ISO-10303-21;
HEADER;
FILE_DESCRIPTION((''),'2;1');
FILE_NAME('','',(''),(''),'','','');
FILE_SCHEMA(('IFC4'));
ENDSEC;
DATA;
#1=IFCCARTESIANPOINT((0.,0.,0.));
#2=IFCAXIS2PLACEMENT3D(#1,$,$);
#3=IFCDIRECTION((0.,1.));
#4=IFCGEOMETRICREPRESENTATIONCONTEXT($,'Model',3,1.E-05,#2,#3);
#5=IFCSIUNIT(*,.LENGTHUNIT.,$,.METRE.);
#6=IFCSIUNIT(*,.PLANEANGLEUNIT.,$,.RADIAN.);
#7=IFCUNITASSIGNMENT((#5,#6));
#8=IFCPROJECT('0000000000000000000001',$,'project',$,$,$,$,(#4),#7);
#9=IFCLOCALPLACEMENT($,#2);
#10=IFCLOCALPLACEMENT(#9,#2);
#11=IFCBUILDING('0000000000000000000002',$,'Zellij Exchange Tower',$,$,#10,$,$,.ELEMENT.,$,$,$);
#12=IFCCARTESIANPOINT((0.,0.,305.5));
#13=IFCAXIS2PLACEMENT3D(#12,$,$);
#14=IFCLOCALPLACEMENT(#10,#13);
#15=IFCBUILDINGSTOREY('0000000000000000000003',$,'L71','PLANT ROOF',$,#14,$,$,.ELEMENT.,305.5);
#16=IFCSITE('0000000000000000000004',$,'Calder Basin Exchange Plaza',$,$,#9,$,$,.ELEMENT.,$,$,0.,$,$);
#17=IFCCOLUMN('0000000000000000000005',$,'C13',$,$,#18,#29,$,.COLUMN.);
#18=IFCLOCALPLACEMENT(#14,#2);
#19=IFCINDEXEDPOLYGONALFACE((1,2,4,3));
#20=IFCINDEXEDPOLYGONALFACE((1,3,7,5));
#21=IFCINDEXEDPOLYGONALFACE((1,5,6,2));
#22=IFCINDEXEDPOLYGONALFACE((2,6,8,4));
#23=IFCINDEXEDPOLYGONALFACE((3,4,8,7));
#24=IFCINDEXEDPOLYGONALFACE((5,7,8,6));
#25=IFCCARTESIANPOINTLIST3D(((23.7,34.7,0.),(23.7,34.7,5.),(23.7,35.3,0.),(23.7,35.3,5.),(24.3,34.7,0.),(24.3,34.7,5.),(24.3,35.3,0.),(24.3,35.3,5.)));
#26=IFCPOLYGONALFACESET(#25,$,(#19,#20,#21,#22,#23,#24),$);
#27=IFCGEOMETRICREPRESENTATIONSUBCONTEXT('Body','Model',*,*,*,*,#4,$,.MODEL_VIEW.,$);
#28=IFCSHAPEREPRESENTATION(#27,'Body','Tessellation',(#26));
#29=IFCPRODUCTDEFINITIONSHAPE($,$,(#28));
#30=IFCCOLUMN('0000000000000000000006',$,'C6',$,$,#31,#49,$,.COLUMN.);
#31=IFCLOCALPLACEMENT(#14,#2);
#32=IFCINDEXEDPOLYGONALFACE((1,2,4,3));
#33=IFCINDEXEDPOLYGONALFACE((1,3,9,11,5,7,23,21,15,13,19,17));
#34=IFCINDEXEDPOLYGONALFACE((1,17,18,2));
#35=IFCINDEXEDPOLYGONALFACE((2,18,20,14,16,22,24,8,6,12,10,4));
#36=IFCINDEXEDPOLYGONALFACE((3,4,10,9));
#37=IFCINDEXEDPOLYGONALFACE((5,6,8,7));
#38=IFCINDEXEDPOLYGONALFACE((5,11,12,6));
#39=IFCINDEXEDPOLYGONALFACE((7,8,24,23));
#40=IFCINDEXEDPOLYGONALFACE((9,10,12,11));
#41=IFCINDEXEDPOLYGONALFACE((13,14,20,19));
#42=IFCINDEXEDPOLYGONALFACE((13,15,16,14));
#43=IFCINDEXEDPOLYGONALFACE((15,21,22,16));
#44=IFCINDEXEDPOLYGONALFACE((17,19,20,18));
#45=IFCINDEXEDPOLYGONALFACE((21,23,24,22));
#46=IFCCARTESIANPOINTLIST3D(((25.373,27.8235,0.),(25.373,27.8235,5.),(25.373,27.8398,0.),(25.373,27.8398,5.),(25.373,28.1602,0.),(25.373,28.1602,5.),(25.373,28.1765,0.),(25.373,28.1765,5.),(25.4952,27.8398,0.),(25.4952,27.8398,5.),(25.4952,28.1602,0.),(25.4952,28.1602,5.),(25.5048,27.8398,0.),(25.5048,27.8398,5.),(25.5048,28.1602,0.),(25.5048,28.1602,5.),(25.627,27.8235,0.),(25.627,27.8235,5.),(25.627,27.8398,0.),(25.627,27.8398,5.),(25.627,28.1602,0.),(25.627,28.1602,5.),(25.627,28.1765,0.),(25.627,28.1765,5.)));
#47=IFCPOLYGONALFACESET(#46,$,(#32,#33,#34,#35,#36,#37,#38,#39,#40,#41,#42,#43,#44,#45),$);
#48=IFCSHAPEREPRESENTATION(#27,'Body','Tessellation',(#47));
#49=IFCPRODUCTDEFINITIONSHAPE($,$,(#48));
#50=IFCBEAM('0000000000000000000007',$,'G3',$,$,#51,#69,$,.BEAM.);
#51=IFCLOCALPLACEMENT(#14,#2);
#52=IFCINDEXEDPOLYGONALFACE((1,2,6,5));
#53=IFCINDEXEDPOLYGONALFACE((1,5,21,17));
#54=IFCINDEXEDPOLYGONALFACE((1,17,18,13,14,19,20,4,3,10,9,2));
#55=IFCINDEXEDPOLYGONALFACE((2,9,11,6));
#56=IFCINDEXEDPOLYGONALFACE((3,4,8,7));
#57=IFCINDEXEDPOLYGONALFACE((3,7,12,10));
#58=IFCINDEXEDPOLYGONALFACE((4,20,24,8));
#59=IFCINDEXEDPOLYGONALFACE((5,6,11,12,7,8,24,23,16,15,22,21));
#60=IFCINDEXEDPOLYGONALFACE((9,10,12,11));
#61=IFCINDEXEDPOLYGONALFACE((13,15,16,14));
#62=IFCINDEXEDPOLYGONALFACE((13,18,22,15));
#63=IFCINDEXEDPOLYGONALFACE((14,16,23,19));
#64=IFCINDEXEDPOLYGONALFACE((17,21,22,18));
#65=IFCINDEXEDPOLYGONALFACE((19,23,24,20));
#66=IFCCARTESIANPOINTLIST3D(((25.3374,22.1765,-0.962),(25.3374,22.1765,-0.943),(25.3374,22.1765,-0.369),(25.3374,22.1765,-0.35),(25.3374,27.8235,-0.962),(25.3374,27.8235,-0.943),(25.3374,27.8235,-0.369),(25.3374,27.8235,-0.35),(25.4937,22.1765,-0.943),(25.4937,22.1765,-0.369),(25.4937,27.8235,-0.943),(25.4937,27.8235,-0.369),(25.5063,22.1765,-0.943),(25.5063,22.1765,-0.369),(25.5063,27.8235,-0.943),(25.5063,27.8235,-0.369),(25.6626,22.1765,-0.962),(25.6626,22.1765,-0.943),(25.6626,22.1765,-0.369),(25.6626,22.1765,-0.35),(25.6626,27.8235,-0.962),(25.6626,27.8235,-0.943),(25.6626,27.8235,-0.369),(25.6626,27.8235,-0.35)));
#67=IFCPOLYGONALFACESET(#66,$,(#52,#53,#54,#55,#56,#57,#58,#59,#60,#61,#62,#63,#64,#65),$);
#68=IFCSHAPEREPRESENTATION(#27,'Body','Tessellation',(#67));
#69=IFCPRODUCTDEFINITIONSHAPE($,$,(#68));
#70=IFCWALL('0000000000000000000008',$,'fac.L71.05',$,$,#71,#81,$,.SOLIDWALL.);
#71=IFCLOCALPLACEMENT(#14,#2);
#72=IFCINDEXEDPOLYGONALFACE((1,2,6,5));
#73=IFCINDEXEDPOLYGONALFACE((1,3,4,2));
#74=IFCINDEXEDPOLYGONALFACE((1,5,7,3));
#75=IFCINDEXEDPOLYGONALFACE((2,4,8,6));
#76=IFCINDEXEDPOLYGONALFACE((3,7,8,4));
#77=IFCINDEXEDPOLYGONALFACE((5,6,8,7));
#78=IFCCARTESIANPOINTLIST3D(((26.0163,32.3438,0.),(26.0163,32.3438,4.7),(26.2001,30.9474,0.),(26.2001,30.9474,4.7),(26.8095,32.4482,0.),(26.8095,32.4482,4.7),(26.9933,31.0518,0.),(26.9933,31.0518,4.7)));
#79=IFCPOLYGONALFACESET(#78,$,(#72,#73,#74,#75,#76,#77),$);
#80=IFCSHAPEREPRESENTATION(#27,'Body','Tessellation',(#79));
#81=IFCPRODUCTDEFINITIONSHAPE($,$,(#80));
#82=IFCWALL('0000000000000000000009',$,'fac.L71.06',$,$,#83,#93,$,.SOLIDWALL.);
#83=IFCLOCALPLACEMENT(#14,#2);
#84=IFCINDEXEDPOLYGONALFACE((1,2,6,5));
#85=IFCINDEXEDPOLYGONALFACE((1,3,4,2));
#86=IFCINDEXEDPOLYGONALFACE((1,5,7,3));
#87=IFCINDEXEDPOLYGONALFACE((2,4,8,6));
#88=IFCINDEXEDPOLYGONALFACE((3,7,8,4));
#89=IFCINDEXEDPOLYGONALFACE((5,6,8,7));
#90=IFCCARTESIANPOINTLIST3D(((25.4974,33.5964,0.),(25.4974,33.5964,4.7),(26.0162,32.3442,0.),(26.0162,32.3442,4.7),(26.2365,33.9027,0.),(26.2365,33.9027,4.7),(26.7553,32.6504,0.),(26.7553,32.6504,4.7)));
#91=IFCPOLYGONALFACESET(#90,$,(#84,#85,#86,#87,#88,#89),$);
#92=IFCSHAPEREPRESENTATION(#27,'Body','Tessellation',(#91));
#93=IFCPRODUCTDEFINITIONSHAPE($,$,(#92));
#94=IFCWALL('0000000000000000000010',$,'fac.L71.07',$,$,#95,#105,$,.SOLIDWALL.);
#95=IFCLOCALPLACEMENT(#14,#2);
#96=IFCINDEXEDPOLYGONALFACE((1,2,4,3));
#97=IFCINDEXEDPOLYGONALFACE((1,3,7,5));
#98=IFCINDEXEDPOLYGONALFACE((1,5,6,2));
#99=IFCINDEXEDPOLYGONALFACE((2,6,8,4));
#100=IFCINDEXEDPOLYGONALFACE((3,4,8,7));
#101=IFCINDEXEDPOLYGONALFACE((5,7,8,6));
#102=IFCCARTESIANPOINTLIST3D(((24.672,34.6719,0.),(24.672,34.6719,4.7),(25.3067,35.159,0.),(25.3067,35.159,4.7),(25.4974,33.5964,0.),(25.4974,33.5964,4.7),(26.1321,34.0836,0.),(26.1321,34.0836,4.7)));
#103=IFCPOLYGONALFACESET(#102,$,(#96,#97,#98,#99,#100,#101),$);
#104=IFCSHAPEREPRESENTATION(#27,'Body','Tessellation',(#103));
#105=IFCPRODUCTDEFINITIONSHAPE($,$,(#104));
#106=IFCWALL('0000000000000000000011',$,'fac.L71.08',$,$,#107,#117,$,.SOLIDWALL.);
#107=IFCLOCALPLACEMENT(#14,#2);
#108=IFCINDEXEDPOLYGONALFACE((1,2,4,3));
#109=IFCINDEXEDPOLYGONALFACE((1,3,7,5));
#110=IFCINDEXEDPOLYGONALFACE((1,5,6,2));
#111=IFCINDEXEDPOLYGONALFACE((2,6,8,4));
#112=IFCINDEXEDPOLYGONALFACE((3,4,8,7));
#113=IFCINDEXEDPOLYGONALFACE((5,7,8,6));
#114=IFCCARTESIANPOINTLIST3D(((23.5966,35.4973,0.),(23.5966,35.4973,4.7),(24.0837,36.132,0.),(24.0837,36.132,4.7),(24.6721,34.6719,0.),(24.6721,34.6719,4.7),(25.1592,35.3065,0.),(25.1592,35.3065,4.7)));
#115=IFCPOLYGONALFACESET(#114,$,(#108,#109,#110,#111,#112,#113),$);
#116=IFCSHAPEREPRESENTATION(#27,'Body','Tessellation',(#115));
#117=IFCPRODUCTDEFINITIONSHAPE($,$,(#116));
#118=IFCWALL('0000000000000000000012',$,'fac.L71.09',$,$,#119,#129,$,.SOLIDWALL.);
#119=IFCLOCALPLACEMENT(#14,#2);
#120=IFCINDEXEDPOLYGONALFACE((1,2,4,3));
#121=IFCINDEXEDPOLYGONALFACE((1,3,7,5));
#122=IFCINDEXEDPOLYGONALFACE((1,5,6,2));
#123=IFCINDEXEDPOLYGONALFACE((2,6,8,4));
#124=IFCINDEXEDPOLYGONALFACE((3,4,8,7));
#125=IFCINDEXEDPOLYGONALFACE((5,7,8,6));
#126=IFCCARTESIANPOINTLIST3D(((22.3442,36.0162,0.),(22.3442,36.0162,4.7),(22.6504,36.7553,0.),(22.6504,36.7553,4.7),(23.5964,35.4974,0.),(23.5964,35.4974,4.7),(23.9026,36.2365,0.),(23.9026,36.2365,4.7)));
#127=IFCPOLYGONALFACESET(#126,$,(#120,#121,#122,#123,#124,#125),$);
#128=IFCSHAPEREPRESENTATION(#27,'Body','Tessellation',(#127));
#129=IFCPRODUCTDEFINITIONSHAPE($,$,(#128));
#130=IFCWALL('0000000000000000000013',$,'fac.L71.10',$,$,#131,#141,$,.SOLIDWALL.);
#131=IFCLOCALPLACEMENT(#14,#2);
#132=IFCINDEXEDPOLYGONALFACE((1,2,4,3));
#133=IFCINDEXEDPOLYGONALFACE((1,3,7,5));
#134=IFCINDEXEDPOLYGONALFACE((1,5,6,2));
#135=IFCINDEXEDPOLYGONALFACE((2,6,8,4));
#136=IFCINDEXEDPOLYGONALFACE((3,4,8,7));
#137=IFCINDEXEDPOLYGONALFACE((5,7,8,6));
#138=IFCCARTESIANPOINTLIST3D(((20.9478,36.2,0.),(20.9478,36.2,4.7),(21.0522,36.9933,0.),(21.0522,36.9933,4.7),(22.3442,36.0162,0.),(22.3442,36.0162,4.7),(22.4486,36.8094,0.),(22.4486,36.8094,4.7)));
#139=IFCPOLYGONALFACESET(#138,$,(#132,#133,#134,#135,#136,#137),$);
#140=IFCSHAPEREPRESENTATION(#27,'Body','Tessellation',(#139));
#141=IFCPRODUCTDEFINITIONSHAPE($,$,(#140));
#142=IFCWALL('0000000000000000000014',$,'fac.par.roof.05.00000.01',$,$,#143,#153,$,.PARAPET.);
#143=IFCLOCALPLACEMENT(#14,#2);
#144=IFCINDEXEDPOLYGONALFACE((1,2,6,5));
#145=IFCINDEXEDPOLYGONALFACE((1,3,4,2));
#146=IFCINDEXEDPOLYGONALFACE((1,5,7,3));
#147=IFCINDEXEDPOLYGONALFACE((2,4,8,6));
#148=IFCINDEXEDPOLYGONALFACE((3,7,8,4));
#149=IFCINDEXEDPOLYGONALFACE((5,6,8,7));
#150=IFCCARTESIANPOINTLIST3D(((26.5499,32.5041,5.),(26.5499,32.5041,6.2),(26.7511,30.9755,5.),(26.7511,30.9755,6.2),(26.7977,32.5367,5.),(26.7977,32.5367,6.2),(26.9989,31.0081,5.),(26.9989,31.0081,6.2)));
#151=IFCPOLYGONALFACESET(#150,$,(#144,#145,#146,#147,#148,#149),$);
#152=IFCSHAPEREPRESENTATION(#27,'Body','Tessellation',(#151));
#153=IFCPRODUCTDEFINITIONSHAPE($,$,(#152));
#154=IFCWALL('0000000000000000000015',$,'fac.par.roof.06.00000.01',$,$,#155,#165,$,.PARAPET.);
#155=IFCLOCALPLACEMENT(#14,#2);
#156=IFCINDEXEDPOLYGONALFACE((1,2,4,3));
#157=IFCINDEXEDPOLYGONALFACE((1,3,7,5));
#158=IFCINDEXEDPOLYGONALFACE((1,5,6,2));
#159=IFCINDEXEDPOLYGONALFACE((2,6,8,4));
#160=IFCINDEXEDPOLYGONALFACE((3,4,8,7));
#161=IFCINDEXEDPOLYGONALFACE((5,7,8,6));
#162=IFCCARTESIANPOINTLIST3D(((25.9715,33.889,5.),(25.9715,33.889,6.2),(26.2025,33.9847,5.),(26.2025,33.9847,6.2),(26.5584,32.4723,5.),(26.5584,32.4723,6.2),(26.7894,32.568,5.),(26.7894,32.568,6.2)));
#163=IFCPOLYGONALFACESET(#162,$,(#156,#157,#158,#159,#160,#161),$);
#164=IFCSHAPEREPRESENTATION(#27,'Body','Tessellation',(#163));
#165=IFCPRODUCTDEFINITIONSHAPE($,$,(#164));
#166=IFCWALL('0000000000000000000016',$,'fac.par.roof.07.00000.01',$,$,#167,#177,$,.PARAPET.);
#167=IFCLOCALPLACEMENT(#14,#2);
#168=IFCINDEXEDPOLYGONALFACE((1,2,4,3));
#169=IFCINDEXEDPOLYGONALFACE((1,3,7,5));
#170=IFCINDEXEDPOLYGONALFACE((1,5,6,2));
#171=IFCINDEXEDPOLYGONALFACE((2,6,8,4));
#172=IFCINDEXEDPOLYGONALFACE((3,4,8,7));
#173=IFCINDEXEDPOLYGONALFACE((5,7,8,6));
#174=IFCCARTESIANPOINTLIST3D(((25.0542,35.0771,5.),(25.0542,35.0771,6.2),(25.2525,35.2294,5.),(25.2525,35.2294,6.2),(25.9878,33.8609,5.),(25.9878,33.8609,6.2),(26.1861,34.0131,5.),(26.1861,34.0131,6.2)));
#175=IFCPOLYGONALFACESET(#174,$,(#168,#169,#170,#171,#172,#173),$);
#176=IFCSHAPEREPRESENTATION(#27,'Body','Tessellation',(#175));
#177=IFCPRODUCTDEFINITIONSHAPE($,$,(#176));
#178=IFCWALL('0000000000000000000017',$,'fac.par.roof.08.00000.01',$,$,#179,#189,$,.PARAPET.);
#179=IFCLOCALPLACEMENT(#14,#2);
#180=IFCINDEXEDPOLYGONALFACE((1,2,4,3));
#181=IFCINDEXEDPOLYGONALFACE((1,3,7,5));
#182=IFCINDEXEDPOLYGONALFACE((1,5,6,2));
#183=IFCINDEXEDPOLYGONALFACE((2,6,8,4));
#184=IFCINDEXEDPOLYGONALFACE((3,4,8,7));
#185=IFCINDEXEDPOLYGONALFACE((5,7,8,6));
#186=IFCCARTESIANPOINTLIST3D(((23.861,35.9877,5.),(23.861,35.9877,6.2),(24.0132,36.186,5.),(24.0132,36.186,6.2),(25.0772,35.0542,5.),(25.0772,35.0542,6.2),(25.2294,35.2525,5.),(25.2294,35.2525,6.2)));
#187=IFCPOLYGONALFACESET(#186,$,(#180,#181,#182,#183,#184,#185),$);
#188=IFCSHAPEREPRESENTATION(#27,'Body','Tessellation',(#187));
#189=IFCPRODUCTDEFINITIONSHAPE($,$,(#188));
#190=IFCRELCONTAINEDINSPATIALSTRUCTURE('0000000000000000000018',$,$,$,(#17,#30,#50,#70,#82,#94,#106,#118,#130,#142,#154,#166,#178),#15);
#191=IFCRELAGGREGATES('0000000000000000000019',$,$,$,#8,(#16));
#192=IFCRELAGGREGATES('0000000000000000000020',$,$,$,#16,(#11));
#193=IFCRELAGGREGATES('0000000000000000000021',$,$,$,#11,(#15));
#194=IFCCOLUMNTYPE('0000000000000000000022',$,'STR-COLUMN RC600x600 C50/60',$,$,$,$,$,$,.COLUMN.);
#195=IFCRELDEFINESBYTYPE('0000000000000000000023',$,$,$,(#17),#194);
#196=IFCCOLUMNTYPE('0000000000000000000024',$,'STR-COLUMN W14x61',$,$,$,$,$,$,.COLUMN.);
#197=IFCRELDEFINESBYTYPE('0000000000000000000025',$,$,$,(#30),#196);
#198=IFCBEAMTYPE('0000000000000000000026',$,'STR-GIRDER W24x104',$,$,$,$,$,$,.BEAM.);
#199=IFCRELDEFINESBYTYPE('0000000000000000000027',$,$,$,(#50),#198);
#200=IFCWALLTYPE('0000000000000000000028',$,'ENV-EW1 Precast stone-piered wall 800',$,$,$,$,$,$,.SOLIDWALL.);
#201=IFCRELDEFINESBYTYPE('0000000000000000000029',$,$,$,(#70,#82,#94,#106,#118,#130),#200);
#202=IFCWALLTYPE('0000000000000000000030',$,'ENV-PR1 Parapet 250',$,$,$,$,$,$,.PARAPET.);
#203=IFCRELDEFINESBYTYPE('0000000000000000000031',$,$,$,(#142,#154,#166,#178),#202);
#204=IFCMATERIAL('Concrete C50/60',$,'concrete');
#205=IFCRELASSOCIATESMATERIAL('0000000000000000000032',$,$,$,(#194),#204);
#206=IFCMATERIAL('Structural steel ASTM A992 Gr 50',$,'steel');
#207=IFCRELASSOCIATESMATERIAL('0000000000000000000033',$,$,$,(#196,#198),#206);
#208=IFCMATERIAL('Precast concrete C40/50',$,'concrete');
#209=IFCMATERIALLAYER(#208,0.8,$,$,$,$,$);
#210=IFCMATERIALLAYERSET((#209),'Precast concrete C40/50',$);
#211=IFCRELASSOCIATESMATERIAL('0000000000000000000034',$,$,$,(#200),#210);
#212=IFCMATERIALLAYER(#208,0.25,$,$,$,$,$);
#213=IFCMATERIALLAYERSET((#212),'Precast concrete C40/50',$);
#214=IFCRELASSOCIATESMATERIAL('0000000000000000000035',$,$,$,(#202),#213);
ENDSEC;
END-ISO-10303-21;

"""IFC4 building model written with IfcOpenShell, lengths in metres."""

from ifc_helpers import new_model, si_unit, direction, frame, frame_2d, origin, origin_2d, place, context, subcontext, project, spatial, rectangle, i_section, extrude, material, layer, layer_set, material_profile, profile_set, type_object, element, save


model = new_model("IFC4")

# Units and contexts
model_context = context("Model", 3, precision=1e-05, world=origin(), true_north=direction((0.0, 1.0)))
body_context = subcontext(model_context, "Body", "Model", "MODEL_VIEW")
ifc_project = project(units=[si_unit("LENGTHUNIT", "METRE"), si_unit("PLANEANGLEUNIT", "RADIAN")], contexts=[model_context])

# Site, building, storey
site_placement = place(None, origin())
site = spatial("IfcSite", under=ifc_project, at=site_placement, Name="Calder Basin Exchange Plaza", CompositionType="ELEMENT", RefElevation=0.0)
building_placement = place(site_placement, origin())
building = spatial("IfcBuilding", under=site, at=building_placement, Name="Zellij Exchange Tower", CompositionType="ELEMENT")
storey_placement = place(building_placement, frame((0.0, 0.0, 305.5)))
storey = spatial("IfcBuildingStorey", under=building, at=storey_placement, Name="L71", Description="PLANT ROOF", CompositionType="ELEMENT", Elevation=305.5)

# Columns
ifc_material_1 = material(Name="Concrete C50/60", Category="concrete")
ifc_material_profile_1 = material_profile(ifc_material_1, rectangle(XDim=0.6001, YDim=0.6001, at=origin_2d()), Name="STR-COLUMN RC600x600 C50/60")
ifc_profile_set_1 = profile_set([ifc_material_profile_1], Name="Concrete C50/60")
column_type_1 = type_object("IfcColumnType", Name="STR-COLUMN RC600x600 C50/60", PredefinedType="COLUMN", material=ifc_profile_set_1)
column_1_placement = place(storey_placement, frame((24.0, 35.0, 0.0), z_axis=(0.0, 0.0, 1.0), x_axis=(1.0, 0.0, 0.0)))
element("IfcColumn", 1, at=column_1_placement, inside=storey, type_object=column_type_1, Name="C13", PredefinedType="COLUMN", context=body_context, shape_type="SweptSolid", body=[
    extrude(rectangle(XDim=0.6001, YDim=0.6001, at=origin_2d()), origin(), (0.0, 0.0, 1.0), 5.0),
])
ifc_material_2 = material(Name="Structural steel ASTM A992 Gr 50", Category="steel")
ifc_material_profile_2 = material_profile(ifc_material_2, i_section(OverallWidth=0.2539, OverallDepth=0.353, WebThickness=0.0095, FlangeThickness=0.0164, at=origin_2d()), Name="W14x61")
ifc_profile_set_2 = profile_set([ifc_material_profile_2], Name="Structural steel ASTM A992 Gr 50")
column_type_2 = type_object("IfcColumnType", Name="STR-COLUMN W14x61", PredefinedType="COLUMN", material=ifc_profile_set_2)
column_2_placement = place(storey_placement, frame((25.5, 28.0, 0.0), z_axis=(0.0, 0.0, 1.0), x_axis=(1.0, 0.0, 0.0)))
element("IfcColumn", 2, at=column_2_placement, inside=storey, type_object=column_type_2, Name="C6", PredefinedType="COLUMN", context=body_context, shape_type="SweptSolid", body=[
    extrude(i_section(OverallWidth=0.2539, OverallDepth=0.353, WebThickness=0.0095, FlangeThickness=0.0164, at=origin_2d()), origin(), (0.0, 0.0, 1.0), 5.0),
])

# Beam
ifc_material_profile_3 = material_profile(ifc_material_2, i_section(OverallWidth=0.3252, OverallDepth=0.6121, WebThickness=0.0127, FlangeThickness=0.019, at=origin_2d()), Name="W24x104")
ifc_profile_set_3 = profile_set([ifc_material_profile_3], Name="Structural steel ASTM A992 Gr 50")
beam_type = type_object("IfcBeamType", Name="STR-GIRDER W24x104", PredefinedType="BEAM", material=ifc_profile_set_3)
beam_placement = place(storey_placement, frame((25.5, 22.1765, -0.656), z_axis=(0.0, 1.0, 0.0), x_axis=(-1.0, 0.0, 0.0)))
element("IfcBeam", 3, at=beam_placement, inside=storey, type_object=beam_type, Name="G3", PredefinedType="BEAM", context=body_context, shape_type="SweptSolid", body=[
    extrude(i_section(OverallWidth=0.3252, OverallDepth=0.6121, WebThickness=0.0127, FlangeThickness=0.019, at=origin_2d()), origin(), (0.0, 0.0, 1.0), 5.647),
])

# Walls
ifc_material_3 = material(Name="Precast concrete C40/50", Category="concrete")
ifc_layer_1 = layer(ifc_material_3, 0.8)
ifc_layer_set_1 = layer_set([ifc_layer_1], Name="Precast concrete C40/50")
wall_type_1 = type_object("IfcWallType", Name="ENV-EW1 Precast stone-piered wall 800", PredefinedType="SOLIDWALL", material=ifc_layer_set_1)
wall_1_placement = place(storey_placement, frame((26.5967, 30.9998, 0.0), z_axis=(0.0, 0.0, 1.0), x_axis=(-0.130517, 0.991446, 0.0)))
element("IfcWall", 4, at=wall_1_placement, inside=storey, type_object=wall_type_1, Name="fac.L71.05", PredefinedType="SOLIDWALL", context=body_context, shape_type="SweptSolid", body=[
    extrude(rectangle(XDim=1.4084, YDim=0.8, at=frame_2d((0.7041, 0.0))), origin(), (0.0, 0.0, 1.0), 4.7),
])
wall_2_placement = place(storey_placement, frame((26.3857, 32.4973, 0.0), z_axis=(0.0, 0.0, 1.0), x_axis=(-0.38276, 0.923848, 0.0)))
element("IfcWall", 5, at=wall_2_placement, inside=storey, type_object=wall_type_1, Name="fac.L71.06", PredefinedType="SOLIDWALL", context=body_context, shape_type="SweptSolid", body=[
    extrude(rectangle(XDim=1.3555, YDim=0.8, at=frame_2d((0.6777, 0.0))), origin(), (0.0, 0.0, 1.0), 4.7),
])
for number, where, z_axis, x_axis, name in (
    (6, (25.8147, 33.8401, 0.0), (0.0, 0.0, 1.0), (-0.608866, 0.793273, 0.0), "fac.L71.07"),
    (7, (24.9155, 34.9893, 0.0), (0.0, 0.0, 1.0), (-0.793273, 0.608866, 0.0), "fac.L71.08"),
):
    element("IfcWall", number, at=place(storey_placement, frame(where, z_axis=z_axis, x_axis=x_axis)), inside=storey, type_object=wall_type_1, Name=name, PredefinedType="SOLIDWALL", context=body_context, shape_type="SweptSolid", body=[
        extrude(rectangle(XDim=1.3557, YDim=0.8, at=frame_2d((0.6777, 0.0))), origin(), (0.0, 0.0, 1.0), 4.7),
    ])
wall_3_placement = place(storey_placement, frame((23.7495, 35.8669, 0.0), z_axis=(0.0, 0.0, 1.0), x_axis=(-0.923848, 0.38276, 0.0)))
element("IfcWall", 8, at=wall_3_placement, inside=storey, type_object=wall_type_1, Name="fac.L71.09", PredefinedType="SOLIDWALL", context=body_context, shape_type="SweptSolid", body=[
    extrude(rectangle(XDim=1.3555, YDim=0.8, at=frame_2d((0.6777, 0.0))), origin(), (0.0, 0.0, 1.0), 4.7),
])
wall_4_placement = place(storey_placement, frame((22.3962, 36.4128, 0.0), z_axis=(0.0, 0.0, 1.0), x_axis=(-0.991446, 0.130517, 0.0)))
element("IfcWall", 9, at=wall_4_placement, inside=storey, type_object=wall_type_1, Name="fac.L71.10", PredefinedType="SOLIDWALL", context=body_context, shape_type="SweptSolid", body=[
    extrude(rectangle(XDim=1.4084, YDim=0.8, at=frame_2d((0.7041, 0.0))), origin(), (0.0, 0.0, 1.0), 4.7),
])
ifc_layer_2 = layer(ifc_material_3, 0.25)
ifc_layer_set_2 = layer_set([ifc_layer_2], Name="Precast concrete C40/50")
wall_type_2 = type_object("IfcWallType", Name="ENV-PR1 Parapet 250", PredefinedType="PARAPET", material=ifc_layer_set_2)
wall_5_placement = place(storey_placement, frame((26.875, 30.9917, 5.0), z_axis=(0.0, 0.0, 1.0), x_axis=(-0.130483, 0.991451, 0.0)))
element("IfcWall", 10, at=wall_5_placement, inside=storey, type_object=wall_type_2, Name="fac.par.roof.05.00000.01", PredefinedType="PARAPET", context=body_context, shape_type="SweptSolid", body=[
    extrude(rectangle(XDim=1.5417, YDim=0.25, at=frame_2d((0.771, 0.0))), origin(), (0.0, 0.0, 1.0), 1.2),
])
wall_6_placement = place(storey_placement, frame((26.6738, 32.5203, 5.0), z_axis=(0.0, 0.0, 1.0), x_axis=(-0.382727, 0.923862, 0.0)))
element("IfcWall", 11, at=wall_6_placement, inside=storey, type_object=wall_type_2, Name="fac.par.roof.06.00000.01", PredefinedType="PARAPET", context=body_context, shape_type="SweptSolid", body=[
    extrude(rectangle(XDim=1.5334, YDim=0.25, at=frame_2d((0.7666, 0.0))), origin(), (0.0, 0.0, 1.0), 1.2),
])
for number, where, z_axis, x_axis, name in (
    (12, (26.0869, 33.937, 5.0), (0.0, 0.0, 1.0), (-0.608879, 0.793263, 0.0), "fac.par.roof.07.00000.01"),
    (13, (25.1533, 35.1533, 5.0), (0.0, 0.0, 1.0), (-0.793263, 0.608879, 0.0), "fac.par.roof.08.00000.01"),
):
    element("IfcWall", number, at=place(storey_placement, frame(where, z_axis=z_axis, x_axis=x_axis)), inside=storey, type_object=wall_type_2, Name=name, PredefinedType="PARAPET", context=body_context, shape_type="SweptSolid", body=[
        extrude(rectangle(XDim=1.5332, YDim=0.25, at=frame_2d((0.7666, 0.0))), origin(), (0.0, 0.0, 1.0), 1.2),
    ])

save(model, "model.ifc")
